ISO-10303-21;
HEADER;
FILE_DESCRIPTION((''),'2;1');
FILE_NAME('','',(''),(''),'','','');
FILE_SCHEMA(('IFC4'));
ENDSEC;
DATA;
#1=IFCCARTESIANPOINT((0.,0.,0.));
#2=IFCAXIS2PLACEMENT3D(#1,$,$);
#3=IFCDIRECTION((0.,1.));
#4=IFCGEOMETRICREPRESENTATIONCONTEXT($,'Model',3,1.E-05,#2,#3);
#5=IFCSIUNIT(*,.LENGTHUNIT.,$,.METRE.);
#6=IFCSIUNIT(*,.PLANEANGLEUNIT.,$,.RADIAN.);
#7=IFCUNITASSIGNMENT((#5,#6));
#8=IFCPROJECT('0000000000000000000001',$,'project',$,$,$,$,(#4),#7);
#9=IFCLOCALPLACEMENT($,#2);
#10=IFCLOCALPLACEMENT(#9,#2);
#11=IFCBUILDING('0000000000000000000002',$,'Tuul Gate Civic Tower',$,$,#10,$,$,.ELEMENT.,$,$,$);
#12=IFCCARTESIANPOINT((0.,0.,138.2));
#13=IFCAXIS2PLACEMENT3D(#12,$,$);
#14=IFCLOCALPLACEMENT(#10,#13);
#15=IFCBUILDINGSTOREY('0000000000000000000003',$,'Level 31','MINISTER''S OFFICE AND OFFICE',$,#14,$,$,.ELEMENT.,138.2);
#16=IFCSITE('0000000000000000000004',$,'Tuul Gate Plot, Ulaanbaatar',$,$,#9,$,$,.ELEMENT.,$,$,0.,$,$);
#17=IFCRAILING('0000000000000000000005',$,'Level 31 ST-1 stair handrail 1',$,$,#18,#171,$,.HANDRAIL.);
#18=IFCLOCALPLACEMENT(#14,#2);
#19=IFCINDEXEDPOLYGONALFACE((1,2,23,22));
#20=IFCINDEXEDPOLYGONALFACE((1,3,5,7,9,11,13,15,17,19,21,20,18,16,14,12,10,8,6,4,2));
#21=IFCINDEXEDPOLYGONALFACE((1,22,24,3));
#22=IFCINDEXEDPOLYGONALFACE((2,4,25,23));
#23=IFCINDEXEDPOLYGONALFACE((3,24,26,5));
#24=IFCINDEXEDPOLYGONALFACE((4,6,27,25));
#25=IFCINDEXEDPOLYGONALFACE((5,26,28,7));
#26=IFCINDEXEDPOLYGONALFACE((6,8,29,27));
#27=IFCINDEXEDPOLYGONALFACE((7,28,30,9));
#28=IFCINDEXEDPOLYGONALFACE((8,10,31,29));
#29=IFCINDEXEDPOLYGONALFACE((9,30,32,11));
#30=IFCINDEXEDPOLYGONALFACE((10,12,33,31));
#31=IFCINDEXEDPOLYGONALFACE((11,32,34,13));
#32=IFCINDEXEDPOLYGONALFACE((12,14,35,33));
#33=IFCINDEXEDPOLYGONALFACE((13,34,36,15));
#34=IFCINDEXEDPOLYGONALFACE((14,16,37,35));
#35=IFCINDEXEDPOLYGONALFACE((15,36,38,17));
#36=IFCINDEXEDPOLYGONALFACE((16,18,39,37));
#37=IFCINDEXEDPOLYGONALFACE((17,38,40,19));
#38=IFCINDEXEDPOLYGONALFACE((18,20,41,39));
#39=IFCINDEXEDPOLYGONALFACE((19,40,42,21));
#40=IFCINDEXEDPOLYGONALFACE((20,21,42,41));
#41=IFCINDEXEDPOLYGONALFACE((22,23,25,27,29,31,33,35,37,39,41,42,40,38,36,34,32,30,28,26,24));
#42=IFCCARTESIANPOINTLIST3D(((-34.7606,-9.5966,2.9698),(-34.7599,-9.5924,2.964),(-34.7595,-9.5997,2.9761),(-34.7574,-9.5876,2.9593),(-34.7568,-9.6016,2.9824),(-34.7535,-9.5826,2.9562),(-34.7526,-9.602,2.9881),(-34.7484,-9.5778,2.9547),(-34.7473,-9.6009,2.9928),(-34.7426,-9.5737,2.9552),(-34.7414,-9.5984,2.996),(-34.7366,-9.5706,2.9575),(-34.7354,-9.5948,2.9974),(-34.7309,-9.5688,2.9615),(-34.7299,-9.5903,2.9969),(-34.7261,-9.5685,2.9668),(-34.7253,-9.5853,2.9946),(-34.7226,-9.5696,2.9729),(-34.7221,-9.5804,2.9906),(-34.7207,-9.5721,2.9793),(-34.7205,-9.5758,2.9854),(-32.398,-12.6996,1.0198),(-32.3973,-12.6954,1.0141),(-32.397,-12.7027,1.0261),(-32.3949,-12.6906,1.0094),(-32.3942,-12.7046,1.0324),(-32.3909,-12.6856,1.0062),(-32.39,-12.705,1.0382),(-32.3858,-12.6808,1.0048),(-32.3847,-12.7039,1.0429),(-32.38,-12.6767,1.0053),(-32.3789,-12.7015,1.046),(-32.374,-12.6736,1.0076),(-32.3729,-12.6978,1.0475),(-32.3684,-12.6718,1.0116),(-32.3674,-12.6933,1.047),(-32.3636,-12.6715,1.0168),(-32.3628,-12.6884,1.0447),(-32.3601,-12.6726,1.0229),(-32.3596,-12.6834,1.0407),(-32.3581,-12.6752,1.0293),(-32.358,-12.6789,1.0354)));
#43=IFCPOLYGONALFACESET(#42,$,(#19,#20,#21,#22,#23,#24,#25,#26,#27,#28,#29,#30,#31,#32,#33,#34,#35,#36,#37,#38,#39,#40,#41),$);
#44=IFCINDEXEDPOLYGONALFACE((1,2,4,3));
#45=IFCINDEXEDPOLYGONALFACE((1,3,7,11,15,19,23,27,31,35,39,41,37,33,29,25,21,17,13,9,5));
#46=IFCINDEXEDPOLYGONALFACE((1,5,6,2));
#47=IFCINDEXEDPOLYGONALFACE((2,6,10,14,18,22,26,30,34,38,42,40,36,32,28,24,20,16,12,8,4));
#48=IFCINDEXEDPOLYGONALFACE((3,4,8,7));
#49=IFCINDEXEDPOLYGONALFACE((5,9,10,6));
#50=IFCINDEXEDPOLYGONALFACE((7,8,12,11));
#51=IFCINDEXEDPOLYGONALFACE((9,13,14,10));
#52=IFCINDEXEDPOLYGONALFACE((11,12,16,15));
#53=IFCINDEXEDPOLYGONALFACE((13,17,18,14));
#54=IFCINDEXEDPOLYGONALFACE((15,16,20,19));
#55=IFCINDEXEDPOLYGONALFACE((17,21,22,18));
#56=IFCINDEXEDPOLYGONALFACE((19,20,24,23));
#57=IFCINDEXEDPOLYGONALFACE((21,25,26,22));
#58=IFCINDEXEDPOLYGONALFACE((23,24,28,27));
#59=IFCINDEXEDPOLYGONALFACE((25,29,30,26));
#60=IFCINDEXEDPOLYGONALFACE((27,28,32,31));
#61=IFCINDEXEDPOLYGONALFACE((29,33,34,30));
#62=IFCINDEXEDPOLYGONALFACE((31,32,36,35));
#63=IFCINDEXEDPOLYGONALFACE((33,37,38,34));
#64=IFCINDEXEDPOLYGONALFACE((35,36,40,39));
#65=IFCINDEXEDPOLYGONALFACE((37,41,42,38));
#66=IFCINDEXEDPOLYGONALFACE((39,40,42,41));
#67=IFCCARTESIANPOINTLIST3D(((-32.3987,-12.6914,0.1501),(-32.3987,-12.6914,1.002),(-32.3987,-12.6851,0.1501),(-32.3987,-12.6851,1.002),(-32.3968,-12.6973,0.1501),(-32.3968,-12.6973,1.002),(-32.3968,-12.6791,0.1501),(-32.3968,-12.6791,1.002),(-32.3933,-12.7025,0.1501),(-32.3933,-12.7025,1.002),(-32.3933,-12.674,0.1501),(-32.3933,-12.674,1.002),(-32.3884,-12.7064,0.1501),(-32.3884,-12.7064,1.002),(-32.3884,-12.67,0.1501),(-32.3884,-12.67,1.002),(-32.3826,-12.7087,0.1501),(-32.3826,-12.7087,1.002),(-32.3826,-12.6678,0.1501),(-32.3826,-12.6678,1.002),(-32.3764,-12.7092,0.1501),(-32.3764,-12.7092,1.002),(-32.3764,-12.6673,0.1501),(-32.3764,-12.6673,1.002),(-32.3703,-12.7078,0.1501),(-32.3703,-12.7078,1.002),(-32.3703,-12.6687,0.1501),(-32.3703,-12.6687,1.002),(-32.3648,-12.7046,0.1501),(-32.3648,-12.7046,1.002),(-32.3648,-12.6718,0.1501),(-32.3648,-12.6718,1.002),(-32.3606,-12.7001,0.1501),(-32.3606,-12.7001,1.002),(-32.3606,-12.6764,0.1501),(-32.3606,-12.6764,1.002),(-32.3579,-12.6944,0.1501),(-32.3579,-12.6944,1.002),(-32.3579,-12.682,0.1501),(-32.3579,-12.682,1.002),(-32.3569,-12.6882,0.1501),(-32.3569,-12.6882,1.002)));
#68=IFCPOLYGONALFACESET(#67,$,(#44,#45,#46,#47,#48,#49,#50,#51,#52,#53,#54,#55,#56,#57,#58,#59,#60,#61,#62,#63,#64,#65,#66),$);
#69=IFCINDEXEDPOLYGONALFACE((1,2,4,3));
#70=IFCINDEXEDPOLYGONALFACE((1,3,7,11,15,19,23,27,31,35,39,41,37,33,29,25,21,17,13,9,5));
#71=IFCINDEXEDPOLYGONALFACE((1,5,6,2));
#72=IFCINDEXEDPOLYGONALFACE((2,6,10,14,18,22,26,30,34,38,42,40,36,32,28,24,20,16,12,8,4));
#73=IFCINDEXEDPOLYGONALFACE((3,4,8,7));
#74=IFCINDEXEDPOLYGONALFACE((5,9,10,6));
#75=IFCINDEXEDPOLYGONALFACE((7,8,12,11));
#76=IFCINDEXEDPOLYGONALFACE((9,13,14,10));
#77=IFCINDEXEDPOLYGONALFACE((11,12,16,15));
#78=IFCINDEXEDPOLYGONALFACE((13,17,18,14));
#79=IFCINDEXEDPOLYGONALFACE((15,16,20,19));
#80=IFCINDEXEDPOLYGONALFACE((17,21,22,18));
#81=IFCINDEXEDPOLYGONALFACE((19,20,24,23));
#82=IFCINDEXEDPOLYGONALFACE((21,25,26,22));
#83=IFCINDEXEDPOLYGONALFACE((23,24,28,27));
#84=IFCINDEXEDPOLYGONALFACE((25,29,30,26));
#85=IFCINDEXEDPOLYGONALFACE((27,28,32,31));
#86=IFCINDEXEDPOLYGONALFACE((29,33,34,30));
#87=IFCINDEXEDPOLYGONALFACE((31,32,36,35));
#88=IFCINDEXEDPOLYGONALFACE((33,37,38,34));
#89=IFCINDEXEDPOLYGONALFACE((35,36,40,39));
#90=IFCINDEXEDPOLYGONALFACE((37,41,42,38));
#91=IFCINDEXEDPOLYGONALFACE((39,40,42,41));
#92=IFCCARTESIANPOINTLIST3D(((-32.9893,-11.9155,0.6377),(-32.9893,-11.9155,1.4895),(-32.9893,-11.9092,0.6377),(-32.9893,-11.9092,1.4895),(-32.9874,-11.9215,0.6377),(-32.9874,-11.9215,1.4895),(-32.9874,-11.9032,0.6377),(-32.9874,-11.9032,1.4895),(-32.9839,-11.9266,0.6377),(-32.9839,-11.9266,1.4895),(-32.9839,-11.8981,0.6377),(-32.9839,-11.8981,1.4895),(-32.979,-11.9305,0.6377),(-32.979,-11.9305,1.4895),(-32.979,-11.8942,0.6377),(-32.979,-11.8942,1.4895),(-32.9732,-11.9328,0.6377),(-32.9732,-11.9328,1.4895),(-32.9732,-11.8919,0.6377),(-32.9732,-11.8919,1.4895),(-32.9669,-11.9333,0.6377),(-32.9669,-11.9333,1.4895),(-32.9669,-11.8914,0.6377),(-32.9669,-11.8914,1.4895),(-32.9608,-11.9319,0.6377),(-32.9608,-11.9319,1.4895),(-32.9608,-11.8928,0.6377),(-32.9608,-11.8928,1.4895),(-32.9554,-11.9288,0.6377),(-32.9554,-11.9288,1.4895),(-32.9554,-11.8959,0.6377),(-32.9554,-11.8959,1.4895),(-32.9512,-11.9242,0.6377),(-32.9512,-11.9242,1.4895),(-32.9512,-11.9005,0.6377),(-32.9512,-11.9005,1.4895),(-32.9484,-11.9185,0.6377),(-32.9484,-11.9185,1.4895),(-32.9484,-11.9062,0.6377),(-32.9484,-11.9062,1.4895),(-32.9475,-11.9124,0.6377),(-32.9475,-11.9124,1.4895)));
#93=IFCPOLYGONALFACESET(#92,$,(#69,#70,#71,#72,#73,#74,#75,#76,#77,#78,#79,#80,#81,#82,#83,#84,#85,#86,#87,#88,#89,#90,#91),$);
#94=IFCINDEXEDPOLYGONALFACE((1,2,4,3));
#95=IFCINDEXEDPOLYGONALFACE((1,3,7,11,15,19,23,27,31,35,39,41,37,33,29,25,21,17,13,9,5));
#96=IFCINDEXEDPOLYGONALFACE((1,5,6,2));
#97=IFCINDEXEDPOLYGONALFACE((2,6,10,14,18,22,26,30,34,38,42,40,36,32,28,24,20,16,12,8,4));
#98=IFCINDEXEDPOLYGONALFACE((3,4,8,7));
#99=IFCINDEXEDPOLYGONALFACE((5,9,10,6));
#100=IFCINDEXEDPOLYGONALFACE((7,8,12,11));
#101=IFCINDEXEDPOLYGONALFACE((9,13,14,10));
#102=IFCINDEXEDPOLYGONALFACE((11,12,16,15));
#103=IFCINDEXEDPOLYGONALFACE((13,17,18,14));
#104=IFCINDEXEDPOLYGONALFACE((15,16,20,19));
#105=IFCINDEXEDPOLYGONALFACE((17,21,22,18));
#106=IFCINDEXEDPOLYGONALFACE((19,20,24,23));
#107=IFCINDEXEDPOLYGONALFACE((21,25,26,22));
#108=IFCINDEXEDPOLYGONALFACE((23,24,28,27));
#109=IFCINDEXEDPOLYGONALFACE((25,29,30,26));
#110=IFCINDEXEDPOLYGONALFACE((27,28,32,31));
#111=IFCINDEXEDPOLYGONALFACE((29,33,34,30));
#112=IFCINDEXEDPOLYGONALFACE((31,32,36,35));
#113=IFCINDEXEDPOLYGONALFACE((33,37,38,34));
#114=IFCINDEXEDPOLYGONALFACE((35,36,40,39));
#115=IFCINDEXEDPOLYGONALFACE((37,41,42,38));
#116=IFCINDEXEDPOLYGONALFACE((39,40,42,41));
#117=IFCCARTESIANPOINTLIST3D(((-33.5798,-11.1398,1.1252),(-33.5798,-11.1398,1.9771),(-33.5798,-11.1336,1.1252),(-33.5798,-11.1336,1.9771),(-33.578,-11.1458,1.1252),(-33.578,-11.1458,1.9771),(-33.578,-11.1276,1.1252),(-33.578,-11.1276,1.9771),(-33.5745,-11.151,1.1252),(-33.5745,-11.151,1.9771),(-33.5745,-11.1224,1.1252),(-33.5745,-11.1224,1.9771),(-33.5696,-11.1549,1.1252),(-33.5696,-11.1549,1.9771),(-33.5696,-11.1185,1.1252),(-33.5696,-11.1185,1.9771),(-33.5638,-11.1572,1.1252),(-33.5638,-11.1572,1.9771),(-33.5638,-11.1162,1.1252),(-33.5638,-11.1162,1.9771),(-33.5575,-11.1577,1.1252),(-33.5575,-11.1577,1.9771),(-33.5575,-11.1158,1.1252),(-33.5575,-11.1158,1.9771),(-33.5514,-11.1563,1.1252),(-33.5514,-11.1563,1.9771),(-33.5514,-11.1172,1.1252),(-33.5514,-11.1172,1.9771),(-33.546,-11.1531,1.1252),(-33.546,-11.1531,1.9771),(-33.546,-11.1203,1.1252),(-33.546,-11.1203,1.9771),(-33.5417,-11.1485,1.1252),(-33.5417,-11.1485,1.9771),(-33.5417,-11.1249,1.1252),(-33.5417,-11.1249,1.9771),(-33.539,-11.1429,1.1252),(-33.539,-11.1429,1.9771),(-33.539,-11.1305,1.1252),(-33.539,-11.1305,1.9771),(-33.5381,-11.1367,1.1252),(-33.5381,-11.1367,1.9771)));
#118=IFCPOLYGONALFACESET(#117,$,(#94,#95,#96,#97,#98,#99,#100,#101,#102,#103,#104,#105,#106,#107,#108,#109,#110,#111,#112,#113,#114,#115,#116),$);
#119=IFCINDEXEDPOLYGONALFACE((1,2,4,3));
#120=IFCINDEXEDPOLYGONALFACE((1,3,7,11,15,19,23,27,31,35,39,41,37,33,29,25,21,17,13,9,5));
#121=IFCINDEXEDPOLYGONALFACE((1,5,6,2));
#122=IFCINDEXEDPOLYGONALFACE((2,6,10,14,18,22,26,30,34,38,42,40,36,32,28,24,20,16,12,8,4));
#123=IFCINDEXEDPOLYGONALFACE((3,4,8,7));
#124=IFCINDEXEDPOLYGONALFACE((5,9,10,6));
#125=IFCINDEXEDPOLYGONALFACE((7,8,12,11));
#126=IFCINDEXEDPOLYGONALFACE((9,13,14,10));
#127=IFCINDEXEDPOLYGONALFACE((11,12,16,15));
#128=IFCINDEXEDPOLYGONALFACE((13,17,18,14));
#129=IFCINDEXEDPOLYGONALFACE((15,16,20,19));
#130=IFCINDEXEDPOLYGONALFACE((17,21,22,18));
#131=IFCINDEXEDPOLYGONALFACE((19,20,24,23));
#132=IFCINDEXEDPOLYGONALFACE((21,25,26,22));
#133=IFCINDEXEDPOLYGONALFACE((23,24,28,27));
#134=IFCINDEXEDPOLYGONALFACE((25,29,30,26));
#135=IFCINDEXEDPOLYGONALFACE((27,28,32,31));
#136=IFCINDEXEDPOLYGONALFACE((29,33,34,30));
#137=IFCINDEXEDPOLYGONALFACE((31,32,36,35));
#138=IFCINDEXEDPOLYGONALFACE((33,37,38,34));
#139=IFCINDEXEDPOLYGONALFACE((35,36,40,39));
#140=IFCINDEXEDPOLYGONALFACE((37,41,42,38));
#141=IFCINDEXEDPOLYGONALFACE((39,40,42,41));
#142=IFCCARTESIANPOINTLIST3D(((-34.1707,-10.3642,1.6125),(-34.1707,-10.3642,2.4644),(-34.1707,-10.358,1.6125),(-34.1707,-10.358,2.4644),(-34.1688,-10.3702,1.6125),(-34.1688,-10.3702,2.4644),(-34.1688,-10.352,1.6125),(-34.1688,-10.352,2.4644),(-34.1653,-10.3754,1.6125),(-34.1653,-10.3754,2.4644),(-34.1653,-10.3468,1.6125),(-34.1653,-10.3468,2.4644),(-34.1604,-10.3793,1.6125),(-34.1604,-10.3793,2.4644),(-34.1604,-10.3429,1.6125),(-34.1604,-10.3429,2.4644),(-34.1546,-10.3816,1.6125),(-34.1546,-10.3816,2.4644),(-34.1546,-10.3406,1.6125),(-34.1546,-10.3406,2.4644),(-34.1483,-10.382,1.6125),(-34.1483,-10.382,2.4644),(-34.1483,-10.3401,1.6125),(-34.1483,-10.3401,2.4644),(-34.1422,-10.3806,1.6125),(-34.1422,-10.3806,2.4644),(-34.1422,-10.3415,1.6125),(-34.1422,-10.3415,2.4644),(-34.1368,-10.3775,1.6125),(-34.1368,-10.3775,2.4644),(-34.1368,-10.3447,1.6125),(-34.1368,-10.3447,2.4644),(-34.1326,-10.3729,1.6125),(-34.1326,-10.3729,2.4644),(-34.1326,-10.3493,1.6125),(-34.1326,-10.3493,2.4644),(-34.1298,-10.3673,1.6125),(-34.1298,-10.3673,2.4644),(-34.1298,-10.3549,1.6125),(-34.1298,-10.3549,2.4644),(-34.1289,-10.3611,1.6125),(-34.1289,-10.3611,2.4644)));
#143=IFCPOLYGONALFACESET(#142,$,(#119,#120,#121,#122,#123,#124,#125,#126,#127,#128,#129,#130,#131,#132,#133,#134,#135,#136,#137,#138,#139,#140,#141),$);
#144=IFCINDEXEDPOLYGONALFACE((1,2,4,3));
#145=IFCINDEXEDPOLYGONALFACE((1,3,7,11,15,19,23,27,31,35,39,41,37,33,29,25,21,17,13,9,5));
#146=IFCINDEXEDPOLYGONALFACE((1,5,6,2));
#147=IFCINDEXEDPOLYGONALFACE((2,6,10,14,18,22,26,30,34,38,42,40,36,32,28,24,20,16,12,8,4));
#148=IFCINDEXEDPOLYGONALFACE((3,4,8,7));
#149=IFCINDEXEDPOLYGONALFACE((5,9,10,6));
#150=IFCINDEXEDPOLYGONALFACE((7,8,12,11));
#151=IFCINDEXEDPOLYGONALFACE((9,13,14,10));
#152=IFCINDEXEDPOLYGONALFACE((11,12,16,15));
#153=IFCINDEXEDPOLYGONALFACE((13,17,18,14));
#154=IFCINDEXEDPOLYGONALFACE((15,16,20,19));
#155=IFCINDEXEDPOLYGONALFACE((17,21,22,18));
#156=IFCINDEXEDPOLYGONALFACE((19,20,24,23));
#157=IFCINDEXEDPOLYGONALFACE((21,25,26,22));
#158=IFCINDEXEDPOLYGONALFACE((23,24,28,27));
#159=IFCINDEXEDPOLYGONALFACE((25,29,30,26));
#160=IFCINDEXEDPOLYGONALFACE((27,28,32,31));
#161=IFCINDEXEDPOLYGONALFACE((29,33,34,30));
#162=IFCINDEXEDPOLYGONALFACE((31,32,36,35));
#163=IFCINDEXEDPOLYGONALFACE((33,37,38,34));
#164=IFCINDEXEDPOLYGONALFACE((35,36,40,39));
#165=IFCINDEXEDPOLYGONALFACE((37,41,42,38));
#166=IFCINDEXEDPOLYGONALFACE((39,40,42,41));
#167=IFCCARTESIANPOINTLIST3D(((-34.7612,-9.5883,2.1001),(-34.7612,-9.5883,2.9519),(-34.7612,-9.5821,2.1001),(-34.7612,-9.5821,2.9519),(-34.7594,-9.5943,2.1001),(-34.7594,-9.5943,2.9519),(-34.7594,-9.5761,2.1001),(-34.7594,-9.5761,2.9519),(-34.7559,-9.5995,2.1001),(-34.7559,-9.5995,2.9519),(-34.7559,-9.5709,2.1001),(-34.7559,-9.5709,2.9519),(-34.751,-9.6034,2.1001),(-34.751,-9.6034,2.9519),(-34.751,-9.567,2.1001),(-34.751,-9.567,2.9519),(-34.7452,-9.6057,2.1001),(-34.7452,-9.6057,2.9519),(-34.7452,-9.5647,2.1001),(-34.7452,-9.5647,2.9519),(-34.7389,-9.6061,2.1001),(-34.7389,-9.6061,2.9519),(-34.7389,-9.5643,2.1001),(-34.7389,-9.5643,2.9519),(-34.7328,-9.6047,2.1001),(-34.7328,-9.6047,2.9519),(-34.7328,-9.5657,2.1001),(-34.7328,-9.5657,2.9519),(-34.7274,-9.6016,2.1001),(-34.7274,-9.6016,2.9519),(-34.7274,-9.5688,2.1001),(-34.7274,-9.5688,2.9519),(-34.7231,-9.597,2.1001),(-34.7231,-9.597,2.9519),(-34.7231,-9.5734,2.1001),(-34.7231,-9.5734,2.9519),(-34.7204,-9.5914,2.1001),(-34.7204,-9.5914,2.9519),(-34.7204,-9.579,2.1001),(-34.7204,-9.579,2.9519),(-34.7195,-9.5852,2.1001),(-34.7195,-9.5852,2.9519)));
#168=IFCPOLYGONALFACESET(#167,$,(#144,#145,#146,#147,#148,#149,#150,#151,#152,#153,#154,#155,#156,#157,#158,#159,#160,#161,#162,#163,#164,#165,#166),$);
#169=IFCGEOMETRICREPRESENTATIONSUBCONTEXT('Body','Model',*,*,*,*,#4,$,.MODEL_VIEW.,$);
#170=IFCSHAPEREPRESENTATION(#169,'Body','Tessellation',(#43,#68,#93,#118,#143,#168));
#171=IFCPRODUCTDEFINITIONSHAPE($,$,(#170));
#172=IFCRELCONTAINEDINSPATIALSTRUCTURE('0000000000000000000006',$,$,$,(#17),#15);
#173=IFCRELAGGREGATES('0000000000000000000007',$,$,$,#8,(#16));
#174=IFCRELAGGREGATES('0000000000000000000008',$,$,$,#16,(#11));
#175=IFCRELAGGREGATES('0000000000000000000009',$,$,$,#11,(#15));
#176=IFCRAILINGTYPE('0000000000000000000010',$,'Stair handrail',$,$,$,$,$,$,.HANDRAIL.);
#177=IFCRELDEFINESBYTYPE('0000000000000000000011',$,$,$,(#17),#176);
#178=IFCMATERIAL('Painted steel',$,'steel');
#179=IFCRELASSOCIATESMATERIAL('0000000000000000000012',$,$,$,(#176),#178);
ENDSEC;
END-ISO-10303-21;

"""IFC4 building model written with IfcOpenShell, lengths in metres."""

from ifc_helpers import new_model, si_unit, direction, frame, origin, origin_2d, place, context, subcontext, project, spatial, circle, extrude, material, type_object, element, save


model = new_model("IFC4")

# Units and contexts
model_context = context("Model", 3, precision=1e-05, world=origin(), true_north=direction((0.0, 1.0)))
body_context = subcontext(model_context, "Body", "Model", "MODEL_VIEW")
ifc_project = project(units=[si_unit("LENGTHUNIT", "METRE"), si_unit("PLANEANGLEUNIT", "RADIAN")], contexts=[model_context])

# Site, building, storey
site_placement = place(None, origin())
site = spatial("IfcSite", under=ifc_project, at=site_placement, Name="Tuul Gate Plot, Ulaanbaatar", CompositionType="ELEMENT", RefElevation=0.0)
building_placement = place(site_placement, origin())
building = spatial("IfcBuilding", under=site, at=building_placement, Name="Tuul Gate Civic Tower", CompositionType="ELEMENT")
storey_placement = place(building_placement, frame((0.0, 0.0, 138.2)))
storey = spatial("IfcBuildingStorey", under=building, at=storey_placement, Name="Level 31", Description="MINISTER'S OFFICE AND OFFICE", CompositionType="ELEMENT", Elevation=138.2)

# Railing
ifc_material_1 = material(Name="Painted steel", Category="steel")
railing_type_1 = type_object("IfcRailingType", Name="Stair handrail", PredefinedType="HANDRAIL", material=ifc_material_1)
railing_1_placement = place(storey_placement, frame((-32.3779, -12.6882, 0.1501)))
element("IfcRailing", 1, at=railing_1_placement, inside=storey, type_object=railing_type_1, Name="Level 31 ST-1 stair handrail 1", PredefinedType="HANDRAIL", context=body_context, shape_type="SweptSolid", body=[
    extrude(circle(Radius=0.0239, at=origin_2d()), frame((0.0, 0.0, 0.876), z_axis=(-0.541824, 0.711645, 0.4472), x_axis=(-0.795637, -0.605773, 0.0)), (0.0, 0.0, 1.0), 4.3604),
    extrude(circle(Radius=0.021, at=origin_2d()), origin(), (0.0, 0.0, 1.0), 0.8518),
    extrude(circle(Radius=0.021, at=origin_2d()), frame((-0.5906, 0.7759, 0.4875)), (0.0, 0.0, 1.0), 0.8518),
    extrude(circle(Radius=0.021, at=origin_2d()), frame((-1.1812, 1.5515, 0.9751)), (0.0, 0.0, 1.0), 0.8518),
    extrude(circle(Radius=0.021, at=origin_2d()), frame((-1.772, 2.3271, 1.4624)), (0.0, 0.0, 1.0), 0.8518),
    extrude(circle(Radius=0.021, at=origin_2d()), frame((-2.3625, 3.103, 1.95)), (0.0, 0.0, 1.0), 0.8518),
])

save(model, "model.ifc")
